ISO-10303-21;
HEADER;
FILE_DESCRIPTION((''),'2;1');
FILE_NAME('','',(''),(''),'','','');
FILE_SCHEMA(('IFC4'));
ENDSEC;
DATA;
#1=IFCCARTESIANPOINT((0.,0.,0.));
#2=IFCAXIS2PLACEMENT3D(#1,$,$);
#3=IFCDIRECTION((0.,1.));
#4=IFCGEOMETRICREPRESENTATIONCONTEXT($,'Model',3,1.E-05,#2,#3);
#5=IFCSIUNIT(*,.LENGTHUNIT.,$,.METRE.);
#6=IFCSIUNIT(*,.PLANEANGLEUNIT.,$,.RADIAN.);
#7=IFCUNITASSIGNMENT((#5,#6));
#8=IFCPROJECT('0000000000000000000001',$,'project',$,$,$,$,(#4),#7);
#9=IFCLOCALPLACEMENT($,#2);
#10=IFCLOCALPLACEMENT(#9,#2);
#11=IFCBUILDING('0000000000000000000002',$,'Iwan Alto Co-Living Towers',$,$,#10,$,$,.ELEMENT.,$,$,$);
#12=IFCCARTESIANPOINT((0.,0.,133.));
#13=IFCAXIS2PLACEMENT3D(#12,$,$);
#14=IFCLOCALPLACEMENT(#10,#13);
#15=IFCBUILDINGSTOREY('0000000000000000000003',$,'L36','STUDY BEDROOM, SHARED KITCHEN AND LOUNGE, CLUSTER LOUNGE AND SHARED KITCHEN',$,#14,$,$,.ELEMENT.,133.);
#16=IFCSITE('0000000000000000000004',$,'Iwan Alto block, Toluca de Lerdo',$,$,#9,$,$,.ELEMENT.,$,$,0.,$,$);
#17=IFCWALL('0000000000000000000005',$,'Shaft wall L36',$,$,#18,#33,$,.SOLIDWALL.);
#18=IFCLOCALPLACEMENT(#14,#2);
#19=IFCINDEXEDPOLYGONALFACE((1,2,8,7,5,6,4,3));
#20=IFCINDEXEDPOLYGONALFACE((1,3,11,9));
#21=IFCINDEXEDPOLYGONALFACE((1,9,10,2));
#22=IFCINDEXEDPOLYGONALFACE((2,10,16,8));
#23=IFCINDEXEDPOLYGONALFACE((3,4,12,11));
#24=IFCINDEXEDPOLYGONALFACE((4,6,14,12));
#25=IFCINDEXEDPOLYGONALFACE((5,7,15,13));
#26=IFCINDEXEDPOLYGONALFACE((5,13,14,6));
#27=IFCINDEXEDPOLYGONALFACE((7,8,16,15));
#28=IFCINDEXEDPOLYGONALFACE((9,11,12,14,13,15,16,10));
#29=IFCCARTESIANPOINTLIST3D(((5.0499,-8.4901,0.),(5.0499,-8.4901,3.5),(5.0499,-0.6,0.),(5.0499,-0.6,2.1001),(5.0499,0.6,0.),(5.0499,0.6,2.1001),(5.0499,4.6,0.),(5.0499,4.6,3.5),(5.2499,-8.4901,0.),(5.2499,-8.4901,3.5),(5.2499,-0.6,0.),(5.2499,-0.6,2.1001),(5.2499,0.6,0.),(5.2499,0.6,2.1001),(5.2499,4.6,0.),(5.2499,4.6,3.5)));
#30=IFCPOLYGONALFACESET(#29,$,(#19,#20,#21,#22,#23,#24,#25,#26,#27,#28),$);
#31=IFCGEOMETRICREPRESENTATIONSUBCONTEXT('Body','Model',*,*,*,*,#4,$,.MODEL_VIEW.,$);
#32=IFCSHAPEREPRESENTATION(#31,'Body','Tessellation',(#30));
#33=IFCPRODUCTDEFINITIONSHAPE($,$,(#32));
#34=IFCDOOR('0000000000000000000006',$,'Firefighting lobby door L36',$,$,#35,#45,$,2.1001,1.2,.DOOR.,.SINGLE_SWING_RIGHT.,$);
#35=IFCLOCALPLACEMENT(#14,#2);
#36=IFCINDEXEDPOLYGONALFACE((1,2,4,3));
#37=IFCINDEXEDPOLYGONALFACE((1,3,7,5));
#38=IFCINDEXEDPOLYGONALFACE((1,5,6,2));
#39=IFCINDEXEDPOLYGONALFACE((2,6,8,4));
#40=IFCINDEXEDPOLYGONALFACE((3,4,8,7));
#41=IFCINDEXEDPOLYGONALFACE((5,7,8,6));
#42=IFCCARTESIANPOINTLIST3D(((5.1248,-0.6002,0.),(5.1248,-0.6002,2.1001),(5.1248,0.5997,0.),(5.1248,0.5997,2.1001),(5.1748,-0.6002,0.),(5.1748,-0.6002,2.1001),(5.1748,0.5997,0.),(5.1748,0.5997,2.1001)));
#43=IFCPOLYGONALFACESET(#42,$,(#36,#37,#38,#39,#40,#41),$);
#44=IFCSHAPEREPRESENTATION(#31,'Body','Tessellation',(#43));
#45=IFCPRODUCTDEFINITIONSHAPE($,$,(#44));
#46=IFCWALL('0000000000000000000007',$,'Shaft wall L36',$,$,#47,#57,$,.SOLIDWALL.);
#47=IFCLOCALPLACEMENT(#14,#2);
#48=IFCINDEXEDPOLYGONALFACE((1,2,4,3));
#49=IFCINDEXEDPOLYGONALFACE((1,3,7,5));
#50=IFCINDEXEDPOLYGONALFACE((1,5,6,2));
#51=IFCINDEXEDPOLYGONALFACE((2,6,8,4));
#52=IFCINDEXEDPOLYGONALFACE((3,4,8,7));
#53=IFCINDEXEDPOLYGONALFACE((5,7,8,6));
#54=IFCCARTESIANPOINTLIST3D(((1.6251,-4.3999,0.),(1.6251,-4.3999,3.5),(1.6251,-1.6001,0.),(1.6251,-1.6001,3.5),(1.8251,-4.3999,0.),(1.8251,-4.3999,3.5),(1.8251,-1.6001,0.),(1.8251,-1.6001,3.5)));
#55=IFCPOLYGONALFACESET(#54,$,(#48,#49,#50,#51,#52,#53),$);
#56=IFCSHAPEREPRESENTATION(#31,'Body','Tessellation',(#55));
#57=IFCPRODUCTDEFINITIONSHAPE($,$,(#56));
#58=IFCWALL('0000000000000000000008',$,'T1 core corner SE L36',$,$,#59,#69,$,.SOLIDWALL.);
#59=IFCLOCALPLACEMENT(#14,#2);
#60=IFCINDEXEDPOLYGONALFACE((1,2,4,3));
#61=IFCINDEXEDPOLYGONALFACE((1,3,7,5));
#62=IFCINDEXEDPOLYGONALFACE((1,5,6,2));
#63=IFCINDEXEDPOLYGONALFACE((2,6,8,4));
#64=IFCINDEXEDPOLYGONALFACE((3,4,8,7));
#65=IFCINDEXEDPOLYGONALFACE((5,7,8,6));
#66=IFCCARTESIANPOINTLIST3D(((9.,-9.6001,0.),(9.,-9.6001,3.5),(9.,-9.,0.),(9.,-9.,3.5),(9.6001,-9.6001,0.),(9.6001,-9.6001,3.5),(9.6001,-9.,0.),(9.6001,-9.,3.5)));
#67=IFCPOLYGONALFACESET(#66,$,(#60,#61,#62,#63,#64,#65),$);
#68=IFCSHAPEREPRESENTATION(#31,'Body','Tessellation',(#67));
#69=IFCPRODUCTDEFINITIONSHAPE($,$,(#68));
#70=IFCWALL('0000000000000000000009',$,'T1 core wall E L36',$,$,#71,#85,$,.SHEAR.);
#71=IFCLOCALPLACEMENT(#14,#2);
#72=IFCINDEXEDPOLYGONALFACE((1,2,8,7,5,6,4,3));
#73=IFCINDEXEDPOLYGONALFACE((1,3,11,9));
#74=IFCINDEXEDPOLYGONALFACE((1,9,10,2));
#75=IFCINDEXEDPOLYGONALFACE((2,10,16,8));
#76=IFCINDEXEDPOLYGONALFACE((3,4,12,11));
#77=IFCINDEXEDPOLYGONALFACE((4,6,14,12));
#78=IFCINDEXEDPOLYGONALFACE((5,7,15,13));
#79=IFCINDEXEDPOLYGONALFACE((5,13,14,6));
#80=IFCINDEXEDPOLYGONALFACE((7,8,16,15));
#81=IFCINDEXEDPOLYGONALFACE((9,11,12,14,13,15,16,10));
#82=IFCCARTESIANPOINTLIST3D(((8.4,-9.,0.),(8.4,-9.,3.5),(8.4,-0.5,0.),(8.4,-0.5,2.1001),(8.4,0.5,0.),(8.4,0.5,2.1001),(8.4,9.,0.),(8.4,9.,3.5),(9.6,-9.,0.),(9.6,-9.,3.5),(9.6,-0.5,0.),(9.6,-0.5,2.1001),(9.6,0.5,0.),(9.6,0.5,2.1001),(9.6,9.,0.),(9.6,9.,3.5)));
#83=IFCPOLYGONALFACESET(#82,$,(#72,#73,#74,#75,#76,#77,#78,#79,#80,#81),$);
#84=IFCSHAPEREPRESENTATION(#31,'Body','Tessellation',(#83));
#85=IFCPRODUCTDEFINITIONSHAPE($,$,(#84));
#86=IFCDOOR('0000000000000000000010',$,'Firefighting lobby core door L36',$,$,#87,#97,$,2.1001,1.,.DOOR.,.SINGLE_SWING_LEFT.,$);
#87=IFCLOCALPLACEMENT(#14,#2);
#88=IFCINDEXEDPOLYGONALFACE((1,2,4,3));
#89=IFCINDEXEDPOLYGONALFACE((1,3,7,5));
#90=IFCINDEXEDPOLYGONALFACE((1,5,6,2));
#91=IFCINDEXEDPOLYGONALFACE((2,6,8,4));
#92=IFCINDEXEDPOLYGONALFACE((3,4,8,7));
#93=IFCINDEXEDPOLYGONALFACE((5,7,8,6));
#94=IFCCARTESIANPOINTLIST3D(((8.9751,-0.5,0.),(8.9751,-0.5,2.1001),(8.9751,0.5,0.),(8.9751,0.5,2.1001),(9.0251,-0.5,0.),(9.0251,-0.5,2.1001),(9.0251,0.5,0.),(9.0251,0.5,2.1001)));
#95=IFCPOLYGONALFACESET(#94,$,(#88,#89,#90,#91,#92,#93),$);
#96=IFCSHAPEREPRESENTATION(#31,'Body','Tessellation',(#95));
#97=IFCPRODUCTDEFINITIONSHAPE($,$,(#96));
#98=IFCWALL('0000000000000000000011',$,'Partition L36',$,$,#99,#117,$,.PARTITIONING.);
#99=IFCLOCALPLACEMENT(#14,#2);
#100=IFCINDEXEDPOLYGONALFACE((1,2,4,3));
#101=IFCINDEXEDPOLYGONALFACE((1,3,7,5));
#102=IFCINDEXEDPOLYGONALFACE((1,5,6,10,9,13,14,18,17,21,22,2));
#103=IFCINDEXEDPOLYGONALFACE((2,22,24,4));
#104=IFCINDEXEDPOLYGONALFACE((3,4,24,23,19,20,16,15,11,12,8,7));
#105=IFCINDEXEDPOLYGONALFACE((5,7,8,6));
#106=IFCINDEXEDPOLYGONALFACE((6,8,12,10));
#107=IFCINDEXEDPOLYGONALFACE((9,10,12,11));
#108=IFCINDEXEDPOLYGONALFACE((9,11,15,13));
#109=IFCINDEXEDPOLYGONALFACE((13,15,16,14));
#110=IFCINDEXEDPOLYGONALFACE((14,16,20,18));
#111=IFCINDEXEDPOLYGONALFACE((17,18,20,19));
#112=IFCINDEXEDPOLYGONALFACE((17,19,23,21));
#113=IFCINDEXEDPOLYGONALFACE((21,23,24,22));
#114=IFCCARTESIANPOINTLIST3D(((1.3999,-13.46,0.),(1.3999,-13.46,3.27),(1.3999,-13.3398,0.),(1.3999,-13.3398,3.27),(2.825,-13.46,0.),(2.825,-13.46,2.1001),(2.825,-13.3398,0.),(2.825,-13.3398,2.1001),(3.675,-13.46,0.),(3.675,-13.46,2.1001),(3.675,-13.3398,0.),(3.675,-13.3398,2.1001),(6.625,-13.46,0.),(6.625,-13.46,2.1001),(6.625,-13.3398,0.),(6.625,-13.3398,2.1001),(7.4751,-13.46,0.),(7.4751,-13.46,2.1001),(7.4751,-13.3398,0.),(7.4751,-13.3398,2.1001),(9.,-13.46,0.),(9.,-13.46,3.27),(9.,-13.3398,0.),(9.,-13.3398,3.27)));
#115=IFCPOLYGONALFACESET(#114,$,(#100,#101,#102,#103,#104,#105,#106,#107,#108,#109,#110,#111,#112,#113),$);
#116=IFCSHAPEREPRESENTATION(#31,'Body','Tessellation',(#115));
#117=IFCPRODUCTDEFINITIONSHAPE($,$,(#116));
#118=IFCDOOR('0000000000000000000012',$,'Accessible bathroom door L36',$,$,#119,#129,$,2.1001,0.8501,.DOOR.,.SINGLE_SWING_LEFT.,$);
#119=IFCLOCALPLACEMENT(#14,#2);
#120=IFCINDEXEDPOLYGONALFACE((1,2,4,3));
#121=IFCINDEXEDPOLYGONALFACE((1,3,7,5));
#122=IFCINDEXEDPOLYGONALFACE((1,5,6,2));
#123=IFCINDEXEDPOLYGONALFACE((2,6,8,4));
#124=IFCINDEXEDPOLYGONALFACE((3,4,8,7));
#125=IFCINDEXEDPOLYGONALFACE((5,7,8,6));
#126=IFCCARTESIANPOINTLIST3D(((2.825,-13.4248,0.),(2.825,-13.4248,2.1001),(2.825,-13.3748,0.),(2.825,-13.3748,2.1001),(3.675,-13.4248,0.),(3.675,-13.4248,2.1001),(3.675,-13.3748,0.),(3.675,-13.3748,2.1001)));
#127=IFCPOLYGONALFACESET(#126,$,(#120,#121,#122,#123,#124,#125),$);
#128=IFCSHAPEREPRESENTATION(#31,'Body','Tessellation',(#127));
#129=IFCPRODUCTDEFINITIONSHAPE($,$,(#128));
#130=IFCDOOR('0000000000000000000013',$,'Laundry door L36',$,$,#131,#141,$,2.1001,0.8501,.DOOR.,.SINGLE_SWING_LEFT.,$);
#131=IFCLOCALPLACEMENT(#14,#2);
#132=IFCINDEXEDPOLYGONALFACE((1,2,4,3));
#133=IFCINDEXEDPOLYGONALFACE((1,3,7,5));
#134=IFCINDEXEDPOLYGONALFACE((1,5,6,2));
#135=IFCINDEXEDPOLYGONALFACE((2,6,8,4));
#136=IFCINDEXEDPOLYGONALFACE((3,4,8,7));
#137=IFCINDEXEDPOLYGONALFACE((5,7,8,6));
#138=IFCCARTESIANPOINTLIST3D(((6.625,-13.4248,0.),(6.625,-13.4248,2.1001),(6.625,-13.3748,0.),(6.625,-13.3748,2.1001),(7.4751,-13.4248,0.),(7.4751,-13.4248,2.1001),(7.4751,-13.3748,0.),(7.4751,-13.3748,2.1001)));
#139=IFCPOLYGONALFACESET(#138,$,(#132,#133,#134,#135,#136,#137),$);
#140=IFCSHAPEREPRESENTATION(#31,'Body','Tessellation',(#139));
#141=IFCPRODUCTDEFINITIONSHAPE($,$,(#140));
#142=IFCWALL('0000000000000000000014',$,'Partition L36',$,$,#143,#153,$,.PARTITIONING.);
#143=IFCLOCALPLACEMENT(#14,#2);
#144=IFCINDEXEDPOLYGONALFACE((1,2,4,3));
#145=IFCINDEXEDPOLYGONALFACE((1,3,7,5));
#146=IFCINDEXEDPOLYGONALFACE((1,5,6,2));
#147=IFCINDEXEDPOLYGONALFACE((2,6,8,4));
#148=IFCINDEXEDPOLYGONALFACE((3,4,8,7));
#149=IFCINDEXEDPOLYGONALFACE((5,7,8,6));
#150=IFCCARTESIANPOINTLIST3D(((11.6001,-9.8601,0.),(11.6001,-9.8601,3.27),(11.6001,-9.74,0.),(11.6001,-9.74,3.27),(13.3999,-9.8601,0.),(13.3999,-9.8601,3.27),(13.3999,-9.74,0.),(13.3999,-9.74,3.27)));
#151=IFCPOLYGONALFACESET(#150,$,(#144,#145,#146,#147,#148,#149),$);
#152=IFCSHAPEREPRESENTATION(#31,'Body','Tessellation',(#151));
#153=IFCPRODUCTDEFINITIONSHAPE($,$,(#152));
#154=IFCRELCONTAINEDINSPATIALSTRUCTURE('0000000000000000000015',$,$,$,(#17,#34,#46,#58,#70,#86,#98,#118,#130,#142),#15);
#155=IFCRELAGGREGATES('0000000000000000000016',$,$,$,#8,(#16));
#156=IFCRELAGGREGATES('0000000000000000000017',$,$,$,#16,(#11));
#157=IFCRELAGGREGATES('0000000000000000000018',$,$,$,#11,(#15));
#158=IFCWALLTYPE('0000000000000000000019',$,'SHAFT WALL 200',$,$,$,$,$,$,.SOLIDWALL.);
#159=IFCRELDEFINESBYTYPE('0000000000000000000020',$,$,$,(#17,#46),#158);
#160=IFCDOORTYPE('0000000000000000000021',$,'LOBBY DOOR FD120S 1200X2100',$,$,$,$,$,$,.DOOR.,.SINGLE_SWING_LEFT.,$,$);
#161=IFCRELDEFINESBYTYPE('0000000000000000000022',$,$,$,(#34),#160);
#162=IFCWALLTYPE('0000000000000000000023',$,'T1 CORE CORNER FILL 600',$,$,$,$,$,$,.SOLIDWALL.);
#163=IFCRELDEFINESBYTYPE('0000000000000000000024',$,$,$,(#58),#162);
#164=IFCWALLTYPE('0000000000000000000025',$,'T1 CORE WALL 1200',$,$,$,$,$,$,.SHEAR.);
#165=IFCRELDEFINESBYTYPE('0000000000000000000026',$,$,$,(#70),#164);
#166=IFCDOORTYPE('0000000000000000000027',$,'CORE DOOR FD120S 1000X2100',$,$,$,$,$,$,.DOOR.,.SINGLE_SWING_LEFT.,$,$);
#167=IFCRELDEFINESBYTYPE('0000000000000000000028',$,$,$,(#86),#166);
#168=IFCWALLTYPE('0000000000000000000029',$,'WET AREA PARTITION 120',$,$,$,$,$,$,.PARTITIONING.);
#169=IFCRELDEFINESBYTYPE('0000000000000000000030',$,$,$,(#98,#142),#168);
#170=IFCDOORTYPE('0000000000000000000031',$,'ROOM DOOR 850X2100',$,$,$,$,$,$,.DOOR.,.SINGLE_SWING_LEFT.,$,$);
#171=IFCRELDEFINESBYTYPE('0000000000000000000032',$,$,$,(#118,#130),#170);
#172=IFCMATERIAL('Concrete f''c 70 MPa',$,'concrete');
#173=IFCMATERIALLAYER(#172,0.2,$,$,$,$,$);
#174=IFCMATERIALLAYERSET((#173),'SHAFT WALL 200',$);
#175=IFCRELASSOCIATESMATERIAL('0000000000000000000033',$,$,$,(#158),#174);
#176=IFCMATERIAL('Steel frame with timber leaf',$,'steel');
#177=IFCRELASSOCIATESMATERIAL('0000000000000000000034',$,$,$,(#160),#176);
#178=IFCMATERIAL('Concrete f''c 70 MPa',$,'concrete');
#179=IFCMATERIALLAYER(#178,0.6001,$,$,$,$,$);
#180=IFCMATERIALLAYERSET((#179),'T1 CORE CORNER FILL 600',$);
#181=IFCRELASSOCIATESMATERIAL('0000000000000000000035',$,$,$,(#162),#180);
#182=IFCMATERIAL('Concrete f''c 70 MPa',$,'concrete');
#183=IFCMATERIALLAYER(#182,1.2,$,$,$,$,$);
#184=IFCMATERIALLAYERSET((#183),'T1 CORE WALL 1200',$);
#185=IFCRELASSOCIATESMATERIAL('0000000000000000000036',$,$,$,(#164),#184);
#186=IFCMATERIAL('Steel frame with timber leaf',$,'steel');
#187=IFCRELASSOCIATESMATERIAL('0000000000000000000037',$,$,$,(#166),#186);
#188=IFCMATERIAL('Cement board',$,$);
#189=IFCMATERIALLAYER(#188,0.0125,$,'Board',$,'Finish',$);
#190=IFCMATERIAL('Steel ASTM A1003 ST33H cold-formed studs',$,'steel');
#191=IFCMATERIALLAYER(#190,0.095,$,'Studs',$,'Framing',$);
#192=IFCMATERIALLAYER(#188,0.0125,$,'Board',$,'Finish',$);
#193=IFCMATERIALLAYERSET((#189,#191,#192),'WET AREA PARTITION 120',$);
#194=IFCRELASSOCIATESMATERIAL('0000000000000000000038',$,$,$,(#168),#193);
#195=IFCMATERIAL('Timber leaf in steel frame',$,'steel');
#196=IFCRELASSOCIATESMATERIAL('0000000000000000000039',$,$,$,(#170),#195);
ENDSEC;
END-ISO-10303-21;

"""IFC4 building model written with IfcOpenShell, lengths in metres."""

from ifc_helpers import new_model, si_unit, direction, frame, frame_2d, origin, place, context, subcontext, project, spatial, rectangle, extrude, material, layer, layer_set, type_object, element, fill, save


model = new_model("IFC4")

# Units and contexts
model_context = context("Model", 3, precision=1e-05, world=origin(), true_north=direction((0.0, 1.0)))
body_context = subcontext(model_context, "Body", "Model", "MODEL_VIEW")
ifc_project = project(units=[si_unit("LENGTHUNIT", "METRE"), si_unit("PLANEANGLEUNIT", "RADIAN")], contexts=[model_context])

# Site, building, storey
site_placement = place(None, origin())
site = spatial("IfcSite", under=ifc_project, at=site_placement, Name="Iwan Alto block, Toluca de Lerdo", CompositionType="ELEMENT", RefElevation=0.0)
building_placement = place(site_placement, origin())
building = spatial("IfcBuilding", under=site, at=building_placement, Name="Iwan Alto Co-Living Towers", CompositionType="ELEMENT")
storey_placement = place(building_placement, frame((0.0, 0.0, 133.0)))
storey = spatial("IfcBuildingStorey", under=building, at=storey_placement, Name="L36", Description="STUDY BEDROOM, SHARED KITCHEN AND LOUNGE, CLUSTER LOUNGE AND SHARED KITCHEN", CompositionType="ELEMENT", Elevation=133.0)

# Shared definitions
ifc_material_1 = material(Name="Steel ASTM A1003 ST33H cold-formed studs", Category="steel")

# Wall, opening, door
ifc_material_2 = material(Name="Concrete f'c 70 MPa", Category="concrete")
ifc_layer_1 = layer(ifc_material_2, 0.2)
ifc_layer_set_1 = layer_set([ifc_layer_1], Name="SHAFT WALL 200")
wall_type_1 = type_object("IfcWallType", Name="SHAFT WALL 200", PredefinedType="SOLIDWALL", material=ifc_layer_set_1)
wall_1_placement = place(storey_placement, frame((5.1499, -8.49, 0.0), z_axis=(0.0, 0.0, 1.0), x_axis=(0.0, 1.0, 0.0)))
wall_1 = element("IfcWall", 1, at=wall_1_placement, inside=storey, type_object=wall_type_1, Name="Shaft wall L36", PredefinedType="SOLIDWALL", context=body_context, shape_type="SweptSolid", body=[
    extrude(rectangle(XDim=13.0901, YDim=0.2, at=frame_2d((6.5449, 0.0))), origin(), (0.0, 0.0, 1.0), 3.5),
])
opening_1_placement = place(wall_1_placement, frame((7.8899, 0.0, 0.0)))
opening_1 = element("IfcOpeningElement", 2, at=opening_1_placement, cuts=wall_1, PredefinedType="OPENING", context=body_context, shape_type="SweptSolid", body=[
    extrude(rectangle(XDim=1.2, YDim=2.1001, at=frame_2d((0.6001, 1.05))), frame((0.0, 0.1099, 0.0), z_axis=(0.0, -1.0, 0.0), x_axis=(1.0, 0.0, 0.0)), (0.0, 0.0, 1.0), 0.22),
])
ifc_material_3 = material(Name="Steel frame with timber leaf", Category="steel")
door_type_1 = type_object("IfcDoorType", Name="LOBBY DOOR FD120S 1200X2100", OperationType="SINGLE_SWING_LEFT", PredefinedType="DOOR", material=ifc_material_3)
door_1_placement = place(opening_1_placement, frame((1.2, 0.0, 0.0), z_axis=(0.0, 0.0, 1.0), x_axis=(-1.0, 0.0, 0.0)))
door_1 = element("IfcDoor", 3, at=door_1_placement, inside=storey, type_object=door_type_1, Name="Firefighting lobby door L36", OperationType="SINGLE_SWING_RIGHT", OverallHeight=2.1001, OverallWidth=1.2, PredefinedType="DOOR", context=body_context, shape_type="SweptSolid", body=[
    extrude(rectangle(XDim=1.2, YDim=2.1001, at=frame_2d((0.6001, 1.05))), frame((0.0, 0.0249, 0.0), z_axis=(0.0, -1.0, 0.0), x_axis=(1.0, 0.0, 0.0)), (0.0, 0.0, 1.0), 0.05),
])
fill(opening_1, door_1)

# Walls
wall_2_placement = place(storey_placement, frame((1.7251, -4.3999, 0.0), z_axis=(0.0, 0.0, 1.0), x_axis=(0.0, 1.0, 0.0)))
element("IfcWall", 4, at=wall_2_placement, inside=storey, type_object=wall_type_1, Name="Shaft wall L36", PredefinedType="SOLIDWALL", context=body_context, shape_type="SweptSolid", body=[
    extrude(rectangle(XDim=2.7998, YDim=0.2, at=frame_2d((1.3999, 0.0))), origin(), (0.0, 0.0, 1.0), 3.5),
])
ifc_material_4 = material(Name="Concrete f'c 70 MPa", Category="concrete")
ifc_layer_2 = layer(ifc_material_4, 0.6001)
ifc_layer_set_2 = layer_set([ifc_layer_2], Name="T1 CORE CORNER FILL 600")
wall_type_2 = type_object("IfcWallType", Name="T1 CORE CORNER FILL 600", PredefinedType="SOLIDWALL", material=ifc_layer_set_2)
wall_3_placement = place(storey_placement, frame((9.0, -9.3, 0.0), z_axis=(0.0, 0.0, 1.0), x_axis=(1.0, 0.0, 0.0)))
element("IfcWall", 5, at=wall_3_placement, inside=storey, type_object=wall_type_2, Name="T1 core corner SE L36", PredefinedType="SOLIDWALL", context=body_context, shape_type="SweptSolid", body=[
    extrude(rectangle(XDim=0.6001, YDim=0.6001, at=frame_2d((0.3, 0.0))), origin(), (0.0, 0.0, 1.0), 3.5),
])

# Wall, opening, door
ifc_material_5 = material(Name="Concrete f'c 70 MPa", Category="concrete")
ifc_layer_3 = layer(ifc_material_5, 1.2)
ifc_layer_set_3 = layer_set([ifc_layer_3], Name="T1 CORE WALL 1200")
wall_type_3 = type_object("IfcWallType", Name="T1 CORE WALL 1200", PredefinedType="SHEAR", material=ifc_layer_set_3)
wall_4_placement = place(storey_placement, frame((9.0, -9.0, 0.0), z_axis=(0.0, 0.0, 1.0), x_axis=(0.0, 1.0, 0.0)))
wall_4 = element("IfcWall", 6, at=wall_4_placement, inside=storey, type_object=wall_type_3, Name="T1 core wall E L36", PredefinedType="SHEAR", context=body_context, shape_type="SweptSolid", body=[
    extrude(rectangle(XDim=18.0, YDim=1.2, at=frame_2d((9.0, 0.0))), origin(), (0.0, 0.0, 1.0), 3.5),
])
opening_2_placement = place(wall_4_placement, frame((8.5, 0.0, 0.0)))
opening_2 = element("IfcOpeningElement", 7, at=opening_2_placement, cuts=wall_4, PredefinedType="OPENING", context=body_context, shape_type="SweptSolid", body=[
    extrude(rectangle(XDim=1.0, YDim=2.1001, at=frame_2d((0.5, 1.05))), frame((0.0, 0.6099, 0.0), z_axis=(0.0, -1.0, 0.0), x_axis=(1.0, 0.0, 0.0)), (0.0, 0.0, 1.0), 1.22),
])
ifc_material_6 = material(Name="Steel frame with timber leaf", Category="steel")
door_type_2 = type_object("IfcDoorType", Name="CORE DOOR FD120S 1000X2100", OperationType="SINGLE_SWING_LEFT", PredefinedType="DOOR", material=ifc_material_6)
door_2_placement = place(opening_2_placement, origin())
door_2 = element("IfcDoor", 8, at=door_2_placement, inside=storey, type_object=door_type_2, Name="Firefighting lobby core door L36", OperationType="SINGLE_SWING_LEFT", OverallHeight=2.1001, OverallWidth=1.0, PredefinedType="DOOR", context=body_context, shape_type="SweptSolid", body=[
    extrude(rectangle(XDim=1.0, YDim=2.1001, at=frame_2d((0.5, 1.05))), frame((0.0, 0.0249, 0.0), z_axis=(0.0, -1.0, 0.0), x_axis=(1.0, 0.0, 0.0)), (0.0, 0.0, 1.0), 0.05),
])
fill(opening_2, door_2)

# Wall, openings, doors
ifc_material_7 = material(Name="Cement board")
ifc_layer_4 = layer(ifc_material_7, 0.0125, Name="Board", Category="Finish")
ifc_layer_5 = layer(ifc_material_1, 0.095, Name="Studs", Category="Framing")
ifc_layer_6 = layer(ifc_material_7, 0.0125, Name="Board", Category="Finish")
ifc_layer_set_4 = layer_set([ifc_layer_4, ifc_layer_5, ifc_layer_6], Name="WET AREA PARTITION 120")
wall_type_4 = type_object("IfcWallType", Name="WET AREA PARTITION 120", PredefinedType="PARTITIONING", material=ifc_layer_set_4)
wall_5_placement = place(storey_placement, frame((1.3999, -13.3999, 0.0), z_axis=(0.0, 0.0, 1.0), x_axis=(1.0, 0.0, 0.0)))
wall_5 = element("IfcWall", 9, at=wall_5_placement, inside=storey, type_object=wall_type_4, Name="Partition L36", PredefinedType="PARTITIONING", context=body_context, shape_type="SweptSolid", body=[
    extrude(rectangle(XDim=7.6001, YDim=0.1201, at=frame_2d((3.8, 0.0))), origin(), (0.0, 0.0, 1.0), 3.27),
])
opening_3_placement = place(wall_5_placement, frame((1.425, 0.0, 0.0)))
opening_3 = element("IfcOpeningElement", 10, at=opening_3_placement, cuts=wall_5, PredefinedType="OPENING", context=body_context, shape_type="SweptSolid", body=[
    extrude(rectangle(XDim=0.8501, YDim=2.1001, at=frame_2d((0.425, 1.05))), frame((0.0, 0.0701, 0.0), z_axis=(0.0, -1.0, 0.0), x_axis=(1.0, 0.0, 0.0)), (0.0, 0.0, 1.0), 0.1401),
])
opening_4_placement = place(wall_5_placement, frame((5.2251, 0.0, 0.0)))
opening_4 = element("IfcOpeningElement", 11, at=opening_4_placement, cuts=wall_5, PredefinedType="OPENING", context=body_context, shape_type="SweptSolid", body=[
    extrude(rectangle(XDim=0.8501, YDim=2.1001, at=frame_2d((0.425, 1.05))), frame((0.0, 0.0701, 0.0), z_axis=(0.0, -1.0, 0.0), x_axis=(1.0, 0.0, 0.0)), (0.0, 0.0, 1.0), 0.1401),
])
ifc_material_8 = material(Name="Timber leaf in steel frame", Category="steel")
door_type_3 = type_object("IfcDoorType", Name="ROOM DOOR 850X2100", OperationType="SINGLE_SWING_LEFT", PredefinedType="DOOR", material=ifc_material_8)
door_3_placement = place(opening_3_placement, frame((0.8501, 0.0, 0.0), z_axis=(0.0, 0.0, 1.0), x_axis=(-1.0, 0.0, 0.0)))
door_3 = element("IfcDoor", 12, at=door_3_placement, inside=storey, type_object=door_type_3, Name="Accessible bathroom door L36", OperationType="SINGLE_SWING_LEFT", OverallHeight=2.1001, OverallWidth=0.8501, PredefinedType="DOOR", context=body_context, shape_type="SweptSolid", body=[
    extrude(rectangle(XDim=0.8501, YDim=2.1001, at=frame_2d((0.425, 1.05))), frame((0.0, 0.0249, 0.0), z_axis=(0.0, -1.0, 0.0), x_axis=(1.0, 0.0, 0.0)), (0.0, 0.0, 1.0), 0.05),
])
fill(opening_3, door_3)
door_4_placement = place(opening_4_placement, frame((0.8501, 0.0, 0.0), z_axis=(0.0, 0.0, 1.0), x_axis=(-1.0, 0.0, 0.0)))
door_4 = element("IfcDoor", 13, at=door_4_placement, inside=storey, type_object=door_type_3, Name="Laundry door L36", OperationType="SINGLE_SWING_LEFT", OverallHeight=2.1001, OverallWidth=0.8501, PredefinedType="DOOR", context=body_context, shape_type="SweptSolid", body=[
    extrude(rectangle(XDim=0.8501, YDim=2.1001, at=frame_2d((0.425, 1.05))), frame((0.0, 0.0249, 0.0), z_axis=(0.0, -1.0, 0.0), x_axis=(1.0, 0.0, 0.0)), (0.0, 0.0, 1.0), 0.05),
])
fill(opening_4, door_4)

# Wall
wall_6_placement = place(storey_placement, frame((11.6001, -9.8, 0.0), z_axis=(0.0, 0.0, 1.0), x_axis=(1.0, 0.0, 0.0)))
element("IfcWall", 14, at=wall_6_placement, inside=storey, type_object=wall_type_4, Name="Partition L36", PredefinedType="PARTITIONING", context=body_context, shape_type="SweptSolid", body=[
    extrude(rectangle(XDim=1.7998, YDim=0.1201, at=frame_2d((0.8999, 0.0))), origin(), (0.0, 0.0, 1.0), 3.27),
])

save(model, "model.ifc")
